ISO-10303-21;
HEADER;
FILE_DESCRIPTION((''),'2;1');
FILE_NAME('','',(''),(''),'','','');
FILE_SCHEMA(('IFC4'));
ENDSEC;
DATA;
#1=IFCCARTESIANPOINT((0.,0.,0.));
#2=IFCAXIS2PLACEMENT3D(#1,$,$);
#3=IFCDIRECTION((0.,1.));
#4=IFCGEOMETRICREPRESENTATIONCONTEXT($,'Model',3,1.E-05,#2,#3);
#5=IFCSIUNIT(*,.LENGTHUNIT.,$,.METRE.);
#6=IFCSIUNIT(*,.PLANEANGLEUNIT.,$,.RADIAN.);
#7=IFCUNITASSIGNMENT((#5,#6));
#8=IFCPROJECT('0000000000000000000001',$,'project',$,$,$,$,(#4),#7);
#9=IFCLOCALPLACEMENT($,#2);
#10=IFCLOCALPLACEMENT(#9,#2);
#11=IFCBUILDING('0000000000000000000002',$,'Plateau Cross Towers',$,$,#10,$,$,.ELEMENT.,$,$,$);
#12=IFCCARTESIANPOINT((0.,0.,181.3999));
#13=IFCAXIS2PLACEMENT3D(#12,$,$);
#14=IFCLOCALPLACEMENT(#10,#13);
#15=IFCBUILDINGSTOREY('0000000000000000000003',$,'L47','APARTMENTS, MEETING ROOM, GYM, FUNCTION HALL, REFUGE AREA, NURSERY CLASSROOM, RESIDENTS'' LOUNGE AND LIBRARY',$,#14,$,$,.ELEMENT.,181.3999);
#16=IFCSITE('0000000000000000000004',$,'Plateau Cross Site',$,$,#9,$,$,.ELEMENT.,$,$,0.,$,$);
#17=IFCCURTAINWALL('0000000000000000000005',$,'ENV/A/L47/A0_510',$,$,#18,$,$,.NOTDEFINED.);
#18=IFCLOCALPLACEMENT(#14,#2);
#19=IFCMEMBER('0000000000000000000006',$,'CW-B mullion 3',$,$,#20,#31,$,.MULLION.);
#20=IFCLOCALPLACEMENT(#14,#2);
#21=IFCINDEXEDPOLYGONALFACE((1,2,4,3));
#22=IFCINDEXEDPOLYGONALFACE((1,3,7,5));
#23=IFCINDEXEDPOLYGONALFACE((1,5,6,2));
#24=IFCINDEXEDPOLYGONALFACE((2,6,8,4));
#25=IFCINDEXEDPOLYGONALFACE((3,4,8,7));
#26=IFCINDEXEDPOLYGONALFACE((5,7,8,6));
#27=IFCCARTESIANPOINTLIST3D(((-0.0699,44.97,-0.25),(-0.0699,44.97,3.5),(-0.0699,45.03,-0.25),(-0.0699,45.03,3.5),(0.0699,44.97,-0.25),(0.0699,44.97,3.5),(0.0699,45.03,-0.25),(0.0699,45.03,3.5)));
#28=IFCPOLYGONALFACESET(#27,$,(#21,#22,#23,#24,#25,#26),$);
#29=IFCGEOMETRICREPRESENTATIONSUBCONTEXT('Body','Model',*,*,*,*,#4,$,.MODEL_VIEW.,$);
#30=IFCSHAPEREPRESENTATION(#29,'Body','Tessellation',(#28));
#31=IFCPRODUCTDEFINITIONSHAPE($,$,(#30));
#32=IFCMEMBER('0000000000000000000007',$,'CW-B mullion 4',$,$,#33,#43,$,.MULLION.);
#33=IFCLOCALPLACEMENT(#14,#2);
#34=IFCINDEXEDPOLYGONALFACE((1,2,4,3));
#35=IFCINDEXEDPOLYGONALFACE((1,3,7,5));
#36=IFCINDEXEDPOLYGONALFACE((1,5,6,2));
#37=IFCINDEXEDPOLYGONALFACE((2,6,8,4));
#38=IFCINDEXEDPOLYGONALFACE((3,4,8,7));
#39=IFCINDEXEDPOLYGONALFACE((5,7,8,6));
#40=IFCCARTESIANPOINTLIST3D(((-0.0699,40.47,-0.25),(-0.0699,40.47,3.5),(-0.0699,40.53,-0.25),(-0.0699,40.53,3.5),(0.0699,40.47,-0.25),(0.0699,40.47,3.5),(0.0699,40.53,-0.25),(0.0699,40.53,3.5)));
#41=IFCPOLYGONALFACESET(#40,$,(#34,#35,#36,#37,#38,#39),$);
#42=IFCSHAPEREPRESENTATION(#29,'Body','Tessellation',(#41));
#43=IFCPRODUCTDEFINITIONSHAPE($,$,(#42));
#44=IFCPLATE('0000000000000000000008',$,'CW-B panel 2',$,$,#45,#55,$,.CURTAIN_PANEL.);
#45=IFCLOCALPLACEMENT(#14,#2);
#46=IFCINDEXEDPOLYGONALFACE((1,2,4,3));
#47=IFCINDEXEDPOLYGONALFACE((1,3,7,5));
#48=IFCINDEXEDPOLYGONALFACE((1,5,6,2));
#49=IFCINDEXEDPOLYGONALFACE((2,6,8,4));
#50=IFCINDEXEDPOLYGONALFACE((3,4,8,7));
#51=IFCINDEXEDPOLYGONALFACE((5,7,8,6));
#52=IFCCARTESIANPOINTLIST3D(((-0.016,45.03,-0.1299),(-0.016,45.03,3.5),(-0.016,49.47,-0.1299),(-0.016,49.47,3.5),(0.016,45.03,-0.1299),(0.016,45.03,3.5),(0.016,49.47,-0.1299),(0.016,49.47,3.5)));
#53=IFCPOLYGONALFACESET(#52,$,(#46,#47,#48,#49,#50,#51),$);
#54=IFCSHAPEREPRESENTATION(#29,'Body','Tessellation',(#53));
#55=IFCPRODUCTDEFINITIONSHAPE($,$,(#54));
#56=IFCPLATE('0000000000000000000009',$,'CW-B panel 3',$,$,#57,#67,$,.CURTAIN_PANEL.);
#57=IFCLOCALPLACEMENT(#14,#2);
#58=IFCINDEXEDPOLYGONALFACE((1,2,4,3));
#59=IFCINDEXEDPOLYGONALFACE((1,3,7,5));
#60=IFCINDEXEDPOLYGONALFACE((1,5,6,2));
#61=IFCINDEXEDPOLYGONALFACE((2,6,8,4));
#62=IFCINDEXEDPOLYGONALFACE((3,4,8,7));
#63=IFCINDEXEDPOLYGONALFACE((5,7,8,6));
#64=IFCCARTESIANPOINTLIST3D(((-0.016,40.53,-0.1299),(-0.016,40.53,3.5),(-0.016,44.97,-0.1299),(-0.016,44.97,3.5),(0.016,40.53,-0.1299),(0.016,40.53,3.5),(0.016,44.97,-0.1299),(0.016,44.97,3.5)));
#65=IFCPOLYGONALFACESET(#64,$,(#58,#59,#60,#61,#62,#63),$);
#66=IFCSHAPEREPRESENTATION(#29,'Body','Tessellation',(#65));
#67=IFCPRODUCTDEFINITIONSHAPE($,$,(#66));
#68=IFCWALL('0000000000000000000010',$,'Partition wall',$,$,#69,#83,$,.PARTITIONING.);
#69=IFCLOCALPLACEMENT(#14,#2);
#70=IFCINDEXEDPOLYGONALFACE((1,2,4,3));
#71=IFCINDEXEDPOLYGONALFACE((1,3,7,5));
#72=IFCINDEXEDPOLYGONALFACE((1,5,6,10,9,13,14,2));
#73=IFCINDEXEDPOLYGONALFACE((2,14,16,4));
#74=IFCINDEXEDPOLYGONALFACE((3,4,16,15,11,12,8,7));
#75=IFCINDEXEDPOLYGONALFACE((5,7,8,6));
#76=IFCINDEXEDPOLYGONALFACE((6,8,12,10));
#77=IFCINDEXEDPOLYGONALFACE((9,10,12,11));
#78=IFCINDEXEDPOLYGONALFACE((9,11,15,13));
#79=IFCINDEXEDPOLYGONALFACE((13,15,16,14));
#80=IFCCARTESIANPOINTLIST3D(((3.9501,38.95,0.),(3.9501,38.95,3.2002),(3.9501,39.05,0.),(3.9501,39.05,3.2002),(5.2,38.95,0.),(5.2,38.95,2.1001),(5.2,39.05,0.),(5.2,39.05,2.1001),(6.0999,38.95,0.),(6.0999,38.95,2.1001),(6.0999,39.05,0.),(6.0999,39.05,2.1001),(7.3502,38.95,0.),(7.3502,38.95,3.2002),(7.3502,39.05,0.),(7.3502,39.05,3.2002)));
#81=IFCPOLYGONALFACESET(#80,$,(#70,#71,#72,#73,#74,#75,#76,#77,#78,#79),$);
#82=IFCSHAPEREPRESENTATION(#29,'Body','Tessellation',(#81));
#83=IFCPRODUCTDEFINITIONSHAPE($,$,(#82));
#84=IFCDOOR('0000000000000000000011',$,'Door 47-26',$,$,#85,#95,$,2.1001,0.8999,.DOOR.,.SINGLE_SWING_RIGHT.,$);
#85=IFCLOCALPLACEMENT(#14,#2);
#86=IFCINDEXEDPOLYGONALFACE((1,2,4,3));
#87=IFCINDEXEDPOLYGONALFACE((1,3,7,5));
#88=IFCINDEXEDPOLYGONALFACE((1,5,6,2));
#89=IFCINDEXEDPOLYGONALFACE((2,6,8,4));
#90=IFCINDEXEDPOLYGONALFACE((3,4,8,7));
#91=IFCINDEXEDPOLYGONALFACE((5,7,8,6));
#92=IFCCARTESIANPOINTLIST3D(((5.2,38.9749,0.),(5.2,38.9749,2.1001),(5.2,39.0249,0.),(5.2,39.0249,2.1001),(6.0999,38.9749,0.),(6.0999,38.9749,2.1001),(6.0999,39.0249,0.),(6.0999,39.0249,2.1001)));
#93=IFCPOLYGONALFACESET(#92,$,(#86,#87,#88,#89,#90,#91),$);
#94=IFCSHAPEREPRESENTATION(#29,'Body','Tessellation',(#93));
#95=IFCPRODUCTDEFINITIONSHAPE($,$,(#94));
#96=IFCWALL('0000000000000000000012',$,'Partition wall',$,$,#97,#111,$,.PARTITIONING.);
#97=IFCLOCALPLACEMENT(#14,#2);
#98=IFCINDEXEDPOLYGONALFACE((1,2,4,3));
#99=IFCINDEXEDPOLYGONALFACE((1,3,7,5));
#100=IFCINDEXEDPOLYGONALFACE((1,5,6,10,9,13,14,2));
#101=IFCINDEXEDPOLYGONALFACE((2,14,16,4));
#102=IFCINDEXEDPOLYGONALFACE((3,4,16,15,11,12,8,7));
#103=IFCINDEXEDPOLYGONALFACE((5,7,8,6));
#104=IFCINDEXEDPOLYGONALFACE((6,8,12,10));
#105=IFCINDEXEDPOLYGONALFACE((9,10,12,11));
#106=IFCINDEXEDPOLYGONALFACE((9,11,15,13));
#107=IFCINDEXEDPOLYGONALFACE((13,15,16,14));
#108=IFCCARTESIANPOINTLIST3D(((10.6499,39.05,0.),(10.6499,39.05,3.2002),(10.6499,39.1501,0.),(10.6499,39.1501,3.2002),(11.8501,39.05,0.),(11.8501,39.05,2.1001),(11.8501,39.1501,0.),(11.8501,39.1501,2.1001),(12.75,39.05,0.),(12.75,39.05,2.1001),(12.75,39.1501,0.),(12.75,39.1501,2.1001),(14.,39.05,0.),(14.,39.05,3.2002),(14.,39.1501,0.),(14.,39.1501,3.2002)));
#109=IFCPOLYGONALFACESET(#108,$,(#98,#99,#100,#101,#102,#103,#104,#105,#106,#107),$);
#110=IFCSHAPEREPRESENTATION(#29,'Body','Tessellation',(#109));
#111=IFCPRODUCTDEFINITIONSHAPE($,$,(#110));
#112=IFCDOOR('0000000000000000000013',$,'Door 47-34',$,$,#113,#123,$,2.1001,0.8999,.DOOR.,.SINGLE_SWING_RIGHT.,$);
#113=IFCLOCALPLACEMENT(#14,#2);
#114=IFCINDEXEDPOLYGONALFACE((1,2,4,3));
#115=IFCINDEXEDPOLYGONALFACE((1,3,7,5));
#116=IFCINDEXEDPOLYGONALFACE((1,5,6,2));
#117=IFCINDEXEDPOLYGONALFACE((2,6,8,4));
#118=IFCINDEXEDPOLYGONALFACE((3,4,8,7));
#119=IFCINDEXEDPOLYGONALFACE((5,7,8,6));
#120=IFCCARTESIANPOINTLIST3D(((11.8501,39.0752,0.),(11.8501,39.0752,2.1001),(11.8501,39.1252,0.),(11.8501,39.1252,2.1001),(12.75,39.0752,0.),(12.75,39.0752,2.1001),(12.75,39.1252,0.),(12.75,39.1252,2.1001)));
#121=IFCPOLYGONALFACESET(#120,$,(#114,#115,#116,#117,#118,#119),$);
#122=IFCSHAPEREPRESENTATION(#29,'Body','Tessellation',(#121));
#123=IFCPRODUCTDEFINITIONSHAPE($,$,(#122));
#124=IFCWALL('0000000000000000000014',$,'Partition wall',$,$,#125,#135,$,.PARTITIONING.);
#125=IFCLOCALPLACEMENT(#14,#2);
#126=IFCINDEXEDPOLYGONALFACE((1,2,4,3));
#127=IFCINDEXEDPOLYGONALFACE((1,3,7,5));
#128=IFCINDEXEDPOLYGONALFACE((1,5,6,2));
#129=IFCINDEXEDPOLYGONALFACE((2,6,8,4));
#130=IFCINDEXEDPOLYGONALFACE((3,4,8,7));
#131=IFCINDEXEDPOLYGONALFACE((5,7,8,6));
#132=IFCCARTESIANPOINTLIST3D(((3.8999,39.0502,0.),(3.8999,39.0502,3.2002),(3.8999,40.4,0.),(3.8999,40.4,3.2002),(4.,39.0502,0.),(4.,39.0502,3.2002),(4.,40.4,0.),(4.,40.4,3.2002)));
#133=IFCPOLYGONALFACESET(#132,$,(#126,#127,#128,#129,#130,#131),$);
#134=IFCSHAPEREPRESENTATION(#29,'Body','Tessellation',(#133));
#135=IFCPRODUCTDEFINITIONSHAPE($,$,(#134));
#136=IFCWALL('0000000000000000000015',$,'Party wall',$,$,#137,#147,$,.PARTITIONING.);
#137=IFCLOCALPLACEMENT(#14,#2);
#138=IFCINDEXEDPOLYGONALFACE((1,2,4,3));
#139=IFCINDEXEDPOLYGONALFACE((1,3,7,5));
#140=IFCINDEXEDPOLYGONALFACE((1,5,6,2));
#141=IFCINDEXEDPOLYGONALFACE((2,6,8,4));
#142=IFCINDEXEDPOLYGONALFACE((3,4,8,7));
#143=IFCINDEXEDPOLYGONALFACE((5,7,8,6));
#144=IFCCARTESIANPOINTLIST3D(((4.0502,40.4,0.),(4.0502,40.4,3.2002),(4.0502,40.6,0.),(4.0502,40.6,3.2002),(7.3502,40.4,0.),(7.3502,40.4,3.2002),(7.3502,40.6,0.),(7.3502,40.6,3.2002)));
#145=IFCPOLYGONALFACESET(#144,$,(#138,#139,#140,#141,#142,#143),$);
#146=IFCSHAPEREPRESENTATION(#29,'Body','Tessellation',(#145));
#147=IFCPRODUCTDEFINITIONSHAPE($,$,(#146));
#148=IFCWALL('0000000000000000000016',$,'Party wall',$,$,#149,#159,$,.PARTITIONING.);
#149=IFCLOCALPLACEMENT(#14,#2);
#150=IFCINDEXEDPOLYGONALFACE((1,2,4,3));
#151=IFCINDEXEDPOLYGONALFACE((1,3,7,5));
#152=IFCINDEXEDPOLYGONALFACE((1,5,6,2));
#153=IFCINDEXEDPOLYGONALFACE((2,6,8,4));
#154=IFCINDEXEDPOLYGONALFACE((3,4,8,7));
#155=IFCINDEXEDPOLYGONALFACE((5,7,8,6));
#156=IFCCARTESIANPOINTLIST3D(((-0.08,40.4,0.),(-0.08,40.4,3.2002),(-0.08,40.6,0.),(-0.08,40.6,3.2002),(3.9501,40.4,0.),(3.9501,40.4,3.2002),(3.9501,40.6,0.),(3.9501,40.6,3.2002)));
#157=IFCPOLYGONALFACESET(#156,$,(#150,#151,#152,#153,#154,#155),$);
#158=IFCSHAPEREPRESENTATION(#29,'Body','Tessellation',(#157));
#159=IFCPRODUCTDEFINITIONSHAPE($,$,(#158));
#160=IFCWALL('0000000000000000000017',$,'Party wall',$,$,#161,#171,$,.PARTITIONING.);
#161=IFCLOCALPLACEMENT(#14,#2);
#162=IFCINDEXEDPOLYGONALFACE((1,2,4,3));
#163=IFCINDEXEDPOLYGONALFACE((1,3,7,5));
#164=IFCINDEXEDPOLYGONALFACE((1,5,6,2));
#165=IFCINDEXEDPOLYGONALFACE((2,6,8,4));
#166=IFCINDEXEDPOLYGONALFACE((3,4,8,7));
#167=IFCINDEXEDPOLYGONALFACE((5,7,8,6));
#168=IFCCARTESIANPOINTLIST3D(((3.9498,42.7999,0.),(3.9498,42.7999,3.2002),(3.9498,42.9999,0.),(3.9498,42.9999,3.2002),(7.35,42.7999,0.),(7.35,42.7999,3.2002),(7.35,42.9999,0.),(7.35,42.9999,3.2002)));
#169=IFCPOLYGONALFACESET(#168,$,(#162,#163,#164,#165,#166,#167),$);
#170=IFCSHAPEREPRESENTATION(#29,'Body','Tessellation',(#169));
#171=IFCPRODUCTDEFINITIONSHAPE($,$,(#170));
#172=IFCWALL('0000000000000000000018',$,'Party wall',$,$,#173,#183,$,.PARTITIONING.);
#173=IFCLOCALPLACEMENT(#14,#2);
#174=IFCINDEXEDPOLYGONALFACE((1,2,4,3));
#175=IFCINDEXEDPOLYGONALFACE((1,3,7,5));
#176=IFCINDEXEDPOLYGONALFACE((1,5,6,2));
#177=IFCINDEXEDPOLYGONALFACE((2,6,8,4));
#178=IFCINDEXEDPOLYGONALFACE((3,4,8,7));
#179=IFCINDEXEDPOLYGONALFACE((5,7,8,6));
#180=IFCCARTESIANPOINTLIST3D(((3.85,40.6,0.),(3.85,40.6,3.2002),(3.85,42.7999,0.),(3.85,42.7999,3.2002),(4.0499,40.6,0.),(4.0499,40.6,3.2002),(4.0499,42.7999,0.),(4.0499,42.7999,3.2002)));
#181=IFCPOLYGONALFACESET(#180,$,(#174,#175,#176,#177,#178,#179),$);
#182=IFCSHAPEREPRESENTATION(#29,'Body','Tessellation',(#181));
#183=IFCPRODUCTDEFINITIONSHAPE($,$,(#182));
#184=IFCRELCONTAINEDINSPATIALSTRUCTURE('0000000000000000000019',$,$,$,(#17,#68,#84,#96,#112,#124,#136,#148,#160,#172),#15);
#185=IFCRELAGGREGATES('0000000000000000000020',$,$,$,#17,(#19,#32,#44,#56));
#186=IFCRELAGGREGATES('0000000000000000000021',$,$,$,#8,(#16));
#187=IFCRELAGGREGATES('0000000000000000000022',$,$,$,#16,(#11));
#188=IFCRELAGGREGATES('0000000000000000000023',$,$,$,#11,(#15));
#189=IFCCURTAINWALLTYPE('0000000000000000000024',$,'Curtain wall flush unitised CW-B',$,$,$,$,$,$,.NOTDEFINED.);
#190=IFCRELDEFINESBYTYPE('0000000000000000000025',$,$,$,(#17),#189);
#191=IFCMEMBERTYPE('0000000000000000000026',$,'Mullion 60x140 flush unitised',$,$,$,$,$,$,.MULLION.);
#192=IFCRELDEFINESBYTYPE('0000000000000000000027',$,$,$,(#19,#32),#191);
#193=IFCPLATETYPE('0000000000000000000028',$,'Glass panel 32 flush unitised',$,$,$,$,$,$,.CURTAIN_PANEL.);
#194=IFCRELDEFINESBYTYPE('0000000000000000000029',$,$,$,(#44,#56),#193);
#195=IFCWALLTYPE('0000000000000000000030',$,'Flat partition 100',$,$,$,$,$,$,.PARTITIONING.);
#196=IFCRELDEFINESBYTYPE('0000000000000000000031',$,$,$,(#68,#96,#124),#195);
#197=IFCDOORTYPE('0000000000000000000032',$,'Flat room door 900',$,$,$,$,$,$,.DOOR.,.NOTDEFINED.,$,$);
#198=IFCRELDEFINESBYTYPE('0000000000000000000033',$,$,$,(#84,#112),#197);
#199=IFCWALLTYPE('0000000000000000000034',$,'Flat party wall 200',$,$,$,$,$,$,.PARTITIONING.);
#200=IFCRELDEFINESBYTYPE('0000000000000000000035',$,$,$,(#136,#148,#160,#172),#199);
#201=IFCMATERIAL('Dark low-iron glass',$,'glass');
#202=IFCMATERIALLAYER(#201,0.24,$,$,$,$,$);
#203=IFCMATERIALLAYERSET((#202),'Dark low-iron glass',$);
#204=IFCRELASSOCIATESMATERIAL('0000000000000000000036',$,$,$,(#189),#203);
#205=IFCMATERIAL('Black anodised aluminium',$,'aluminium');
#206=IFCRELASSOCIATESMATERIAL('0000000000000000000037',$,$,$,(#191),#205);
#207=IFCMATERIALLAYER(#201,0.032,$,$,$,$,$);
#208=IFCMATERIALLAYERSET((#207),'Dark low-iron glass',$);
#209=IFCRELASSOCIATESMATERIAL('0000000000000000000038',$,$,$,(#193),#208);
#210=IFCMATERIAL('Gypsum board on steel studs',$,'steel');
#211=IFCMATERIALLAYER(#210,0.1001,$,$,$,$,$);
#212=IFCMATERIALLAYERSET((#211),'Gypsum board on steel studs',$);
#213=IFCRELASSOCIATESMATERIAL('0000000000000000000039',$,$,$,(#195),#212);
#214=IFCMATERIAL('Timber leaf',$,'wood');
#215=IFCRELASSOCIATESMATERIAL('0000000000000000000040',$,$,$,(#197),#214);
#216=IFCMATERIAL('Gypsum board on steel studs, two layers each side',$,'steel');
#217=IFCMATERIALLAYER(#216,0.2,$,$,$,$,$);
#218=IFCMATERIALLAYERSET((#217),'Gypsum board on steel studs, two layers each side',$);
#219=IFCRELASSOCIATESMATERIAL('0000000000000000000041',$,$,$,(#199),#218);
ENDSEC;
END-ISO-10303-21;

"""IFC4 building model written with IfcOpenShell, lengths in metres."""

from ifc_helpers import new_model, si_unit, direction, frame, frame_2d, origin, origin_2d, place, context, subcontext, project, spatial, rectangle, extrude, material, layer, layer_set, material_profile, profile_set, type_object, element, fill, aggregate, save


model = new_model("IFC4")

# Units and contexts
model_context = context("Model", 3, precision=1e-05, world=origin(), true_north=direction((0.0, 1.0)))
body_context = subcontext(model_context, "Body", "Model", "MODEL_VIEW")
ifc_project = project(units=[si_unit("LENGTHUNIT", "METRE"), si_unit("PLANEANGLEUNIT", "RADIAN")], contexts=[model_context])

# Site, building, storey
site_placement = place(None, origin())
site = spatial("IfcSite", under=ifc_project, at=site_placement, Name="Plateau Cross Site", CompositionType="ELEMENT", RefElevation=0.0)
building_placement = place(site_placement, origin())
building = spatial("IfcBuilding", under=site, at=building_placement, Name="Plateau Cross Towers", CompositionType="ELEMENT")
storey_placement = place(building_placement, frame((0.0, 0.0, 181.3999)))
storey = spatial("IfcBuildingStorey", under=building, at=storey_placement, Name="L47", Description="APARTMENTS, MEETING ROOM, GYM, FUNCTION HALL, REFUGE AREA, NURSERY CLASSROOM, RESIDENTS' LOUNGE AND LIBRARY", CompositionType="ELEMENT", Elevation=181.3999)

# Curtain wall, members, plates
ifc_material_1 = material(Name="Dark low-iron glass", Category="glass")
ifc_layer_1 = layer(ifc_material_1, 0.24)
ifc_layer_set_1 = layer_set([ifc_layer_1], Name="Dark low-iron glass")
curtain_wall_type = type_object("IfcCurtainWallType", Name="Curtain wall flush unitised CW-B", PredefinedType="NOTDEFINED", material=ifc_layer_set_1)
curtain_wall_placement = place(storey_placement, origin())
curtain_wall = element("IfcCurtainWall", 1, at=curtain_wall_placement, inside=storey, type_object=curtain_wall_type, Name="ENV/A/L47/A0_510", PredefinedType="NOTDEFINED")
ifc_material_2 = material(Name="Black anodised aluminium", Category="aluminium")
ifc_material_profile = material_profile(ifc_material_2, rectangle(XDim=0.0601, YDim=0.1399, at=origin_2d()), Name="MULLION 60x140")
ifc_profile_set = profile_set([ifc_material_profile], Name="Black anodised aluminium")
member_type = type_object("IfcMemberType", Name="Mullion 60x140 flush unitised", PredefinedType="MULLION", material=ifc_profile_set)
member_1_placement = place(storey_placement, frame((0.0, 45.0, -0.25), z_axis=(0.0, 0.0, 1.0), x_axis=(0.0, -1.0, 0.0)))
member_1 = element("IfcMember", 2, at=member_1_placement, type_object=member_type, Name="CW-B mullion 3", PredefinedType="MULLION", context=body_context, shape_type="SweptSolid", body=[
    extrude(rectangle(XDim=0.0601, YDim=0.1399, at=origin_2d()), origin(), (0.0, 0.0, 1.0), 3.75),
])
member_2_placement = place(storey_placement, frame((0.0, 40.5, -0.25), z_axis=(0.0, 0.0, 1.0), x_axis=(0.0, -1.0, 0.0)))
member_2 = element("IfcMember", 3, at=member_2_placement, type_object=member_type, Name="CW-B mullion 4", PredefinedType="MULLION", context=body_context, shape_type="SweptSolid", body=[
    extrude(rectangle(XDim=0.0601, YDim=0.1399, at=origin_2d()), origin(), (0.0, 0.0, 1.0), 3.75),
])
ifc_layer_2 = layer(ifc_material_1, 0.032)
ifc_layer_set_2 = layer_set([ifc_layer_2], Name="Dark low-iron glass")
plate_type = type_object("IfcPlateType", Name="Glass panel 32 flush unitised", PredefinedType="CURTAIN_PANEL", material=ifc_layer_set_2)
plate_1_placement = place(storey_placement, frame((0.0, 47.25, -0.1299), z_axis=(0.0, 0.0, 1.0), x_axis=(0.0, -1.0, 0.0)))
plate_1 = element("IfcPlate", 4, at=plate_1_placement, type_object=plate_type, Name="CW-B panel 2", PredefinedType="CURTAIN_PANEL", context=body_context, shape_type="SweptSolid", body=[
    extrude(rectangle(XDim=4.4399, YDim=0.032, at=origin_2d()), origin(), (0.0, 0.0, 1.0), 3.6299),
])
plate_2_placement = place(storey_placement, frame((0.0, 42.75, -0.1299), z_axis=(0.0, 0.0, 1.0), x_axis=(0.0, -1.0, 0.0)))
plate_2 = element("IfcPlate", 5, at=plate_2_placement, type_object=plate_type, Name="CW-B panel 3", PredefinedType="CURTAIN_PANEL", context=body_context, shape_type="SweptSolid", body=[
    extrude(rectangle(XDim=4.4399, YDim=0.032, at=origin_2d()), origin(), (0.0, 0.0, 1.0), 3.6299),
])
aggregate(curtain_wall, [member_1, member_2, plate_1, plate_2])

# Walls, openings, doors
ifc_material_3 = material(Name="Gypsum board on steel studs", Category="steel")
ifc_layer_3 = layer(ifc_material_3, 0.1001)
ifc_layer_set_3 = layer_set([ifc_layer_3], Name="Gypsum board on steel studs")
wall_type_1 = type_object("IfcWallType", Name="Flat partition 100", PredefinedType="PARTITIONING", material=ifc_layer_set_3)
wall_1_placement = place(storey_placement, frame((3.95, 39.0, 0.0), z_axis=(0.0, 0.0, 1.0), x_axis=(1.0, 0.0, 0.0)))
wall_1 = element("IfcWall", 6, at=wall_1_placement, inside=storey, type_object=wall_type_1, Name="Partition wall", PredefinedType="PARTITIONING", context=body_context, shape_type="SweptSolid", body=[
    extrude(rectangle(XDim=3.4001, YDim=0.1001, at=frame_2d((1.7002, 0.0))), origin(), (0.0, 0.0, 1.0), 3.2002),
])
opening_1_placement = place(wall_1_placement, frame((1.25, 0.0, 0.0)))
opening_1 = element("IfcOpeningElement", 7, at=opening_1_placement, cuts=wall_1, PredefinedType="OPENING", context=body_context, shape_type="SweptSolid", body=[
    extrude(rectangle(XDim=0.8999, YDim=2.1001, at=frame_2d((0.45, 1.05))), frame((0.0, 0.0601, 0.0), z_axis=(0.0, -1.0, 0.0), x_axis=(1.0, 0.0, 0.0)), (0.0, 0.0, 1.0), 0.1201),
])
ifc_material_4 = material(Name="Timber leaf", Category="wood")
door_type_1 = type_object("IfcDoorType", Name="Flat room door 900", OperationType="NOTDEFINED", PredefinedType="DOOR", material=ifc_material_4)
door_1_placement = place(opening_1_placement, origin())
door_1 = element("IfcDoor", 8, at=door_1_placement, inside=storey, type_object=door_type_1, Name="Door 47-26", OperationType="SINGLE_SWING_RIGHT", OverallHeight=2.1001, OverallWidth=0.8999, PredefinedType="DOOR", context=body_context, shape_type="SweptSolid", body=[
    extrude(rectangle(XDim=0.8999, YDim=2.1001, at=frame_2d((0.45, 1.05))), frame((0.0, 0.0249, 0.0), z_axis=(0.0, -1.0, 0.0), x_axis=(1.0, 0.0, 0.0)), (0.0, 0.0, 1.0), 0.05),
])
fill(opening_1, door_1)
wall_2_placement = place(storey_placement, frame((14.0, 39.1001, 0.0), z_axis=(0.0, 0.0, 1.0), x_axis=(-1.0, 0.0, 0.0)))
wall_2 = element("IfcWall", 9, at=wall_2_placement, inside=storey, type_object=wall_type_1, Name="Partition wall", PredefinedType="PARTITIONING", context=body_context, shape_type="SweptSolid", body=[
    extrude(rectangle(XDim=3.3501, YDim=0.1001, at=frame_2d((1.675, 0.0))), origin(), (0.0, 0.0, 1.0), 3.2002),
])
opening_2_placement = place(wall_2_placement, frame((1.25, 0.0, 0.0)))
opening_2 = element("IfcOpeningElement", 10, at=opening_2_placement, cuts=wall_2, PredefinedType="OPENING", context=body_context, shape_type="SweptSolid", body=[
    extrude(rectangle(XDim=0.8999, YDim=2.1001, at=frame_2d((0.45, 1.05))), frame((0.0, 0.0601, 0.0), z_axis=(0.0, -1.0, 0.0), x_axis=(1.0, 0.0, 0.0)), (0.0, 0.0, 1.0), 0.1201),
])
door_2_placement = place(opening_2_placement, origin())
door_2 = element("IfcDoor", 11, at=door_2_placement, inside=storey, type_object=door_type_1, Name="Door 47-34", OperationType="SINGLE_SWING_RIGHT", OverallHeight=2.1001, OverallWidth=0.8999, PredefinedType="DOOR", context=body_context, shape_type="SweptSolid", body=[
    extrude(rectangle(XDim=0.8999, YDim=2.1001, at=frame_2d((0.45, 1.05))), frame((0.0, 0.0249, 0.0), z_axis=(0.0, -1.0, 0.0), x_axis=(1.0, 0.0, 0.0)), (0.0, 0.0, 1.0), 0.05),
])
fill(opening_2, door_2)

# Walls
wall_3_placement = place(storey_placement, frame((3.95, 40.3999, 0.0), z_axis=(0.0, 0.0, 1.0), x_axis=(0.0, -1.0, 0.0)))
element("IfcWall", 12, at=wall_3_placement, inside=storey, type_object=wall_type_1, Name="Partition wall", PredefinedType="PARTITIONING", context=body_context, shape_type="SweptSolid", body=[
    extrude(rectangle(XDim=1.3499, YDim=0.1001, at=frame_2d((0.6748, 0.0))), origin(), (0.0, 0.0, 1.0), 3.2002),
])
ifc_material_5 = material(Name="Gypsum board on steel studs, two layers each side", Category="steel")
ifc_layer_4 = layer(ifc_material_5, 0.2)
ifc_layer_set_4 = layer_set([ifc_layer_4], Name="Gypsum board on steel studs, two layers each side")
wall_type_2 = type_object("IfcWallType", Name="Flat party wall 200", PredefinedType="PARTITIONING", material=ifc_layer_set_4)
wall_4_placement = place(storey_placement, frame((7.3501, 40.5, 0.0), z_axis=(0.0, 0.0, 1.0), x_axis=(-1.0, 0.0, 0.0)))
element("IfcWall", 13, at=wall_4_placement, inside=storey, type_object=wall_type_2, Name="Party wall", PredefinedType="PARTITIONING", context=body_context, shape_type="SweptSolid", body=[
    extrude(rectangle(XDim=3.3, YDim=0.2, at=frame_2d((1.6499, 0.0))), origin(), (0.0, 0.0, 1.0), 3.2002),
])
wall_5_placement = place(storey_placement, frame((-0.0801, 40.5, 0.0), z_axis=(0.0, 0.0, 1.0), x_axis=(1.0, 0.0, 0.0)))
element("IfcWall", 14, at=wall_5_placement, inside=storey, type_object=wall_type_2, Name="Party wall", PredefinedType="PARTITIONING", context=body_context, shape_type="SweptSolid", body=[
    extrude(rectangle(XDim=4.03, YDim=0.2, at=frame_2d((2.0151, 0.0))), origin(), (0.0, 0.0, 1.0), 3.2002),
])
wall_6_placement = place(storey_placement, frame((7.3501, 42.8999, 0.0), z_axis=(0.0, 0.0, 1.0), x_axis=(-1.0, 0.0, 0.0)))
element("IfcWall", 15, at=wall_6_placement, inside=storey, type_object=wall_type_2, Name="Party wall", PredefinedType="PARTITIONING", context=body_context, shape_type="SweptSolid", body=[
    extrude(rectangle(XDim=3.4001, YDim=0.2, at=frame_2d((1.7002, 0.0))), origin(), (0.0, 0.0, 1.0), 3.2002),
])
wall_7_placement = place(storey_placement, frame((3.95, 42.8, 0.0), z_axis=(0.0, 0.0, 1.0), x_axis=(0.0, -1.0, 0.0)))
element("IfcWall", 16, at=wall_7_placement, inside=storey, type_object=wall_type_2, Name="Party wall", PredefinedType="PARTITIONING", context=body_context, shape_type="SweptSolid", body=[
    extrude(rectangle(XDim=2.2, YDim=0.2, at=frame_2d((1.1001, 0.0))), origin(), (0.0, 0.0, 1.0), 3.2002),
])

save(model, "model.ifc")
